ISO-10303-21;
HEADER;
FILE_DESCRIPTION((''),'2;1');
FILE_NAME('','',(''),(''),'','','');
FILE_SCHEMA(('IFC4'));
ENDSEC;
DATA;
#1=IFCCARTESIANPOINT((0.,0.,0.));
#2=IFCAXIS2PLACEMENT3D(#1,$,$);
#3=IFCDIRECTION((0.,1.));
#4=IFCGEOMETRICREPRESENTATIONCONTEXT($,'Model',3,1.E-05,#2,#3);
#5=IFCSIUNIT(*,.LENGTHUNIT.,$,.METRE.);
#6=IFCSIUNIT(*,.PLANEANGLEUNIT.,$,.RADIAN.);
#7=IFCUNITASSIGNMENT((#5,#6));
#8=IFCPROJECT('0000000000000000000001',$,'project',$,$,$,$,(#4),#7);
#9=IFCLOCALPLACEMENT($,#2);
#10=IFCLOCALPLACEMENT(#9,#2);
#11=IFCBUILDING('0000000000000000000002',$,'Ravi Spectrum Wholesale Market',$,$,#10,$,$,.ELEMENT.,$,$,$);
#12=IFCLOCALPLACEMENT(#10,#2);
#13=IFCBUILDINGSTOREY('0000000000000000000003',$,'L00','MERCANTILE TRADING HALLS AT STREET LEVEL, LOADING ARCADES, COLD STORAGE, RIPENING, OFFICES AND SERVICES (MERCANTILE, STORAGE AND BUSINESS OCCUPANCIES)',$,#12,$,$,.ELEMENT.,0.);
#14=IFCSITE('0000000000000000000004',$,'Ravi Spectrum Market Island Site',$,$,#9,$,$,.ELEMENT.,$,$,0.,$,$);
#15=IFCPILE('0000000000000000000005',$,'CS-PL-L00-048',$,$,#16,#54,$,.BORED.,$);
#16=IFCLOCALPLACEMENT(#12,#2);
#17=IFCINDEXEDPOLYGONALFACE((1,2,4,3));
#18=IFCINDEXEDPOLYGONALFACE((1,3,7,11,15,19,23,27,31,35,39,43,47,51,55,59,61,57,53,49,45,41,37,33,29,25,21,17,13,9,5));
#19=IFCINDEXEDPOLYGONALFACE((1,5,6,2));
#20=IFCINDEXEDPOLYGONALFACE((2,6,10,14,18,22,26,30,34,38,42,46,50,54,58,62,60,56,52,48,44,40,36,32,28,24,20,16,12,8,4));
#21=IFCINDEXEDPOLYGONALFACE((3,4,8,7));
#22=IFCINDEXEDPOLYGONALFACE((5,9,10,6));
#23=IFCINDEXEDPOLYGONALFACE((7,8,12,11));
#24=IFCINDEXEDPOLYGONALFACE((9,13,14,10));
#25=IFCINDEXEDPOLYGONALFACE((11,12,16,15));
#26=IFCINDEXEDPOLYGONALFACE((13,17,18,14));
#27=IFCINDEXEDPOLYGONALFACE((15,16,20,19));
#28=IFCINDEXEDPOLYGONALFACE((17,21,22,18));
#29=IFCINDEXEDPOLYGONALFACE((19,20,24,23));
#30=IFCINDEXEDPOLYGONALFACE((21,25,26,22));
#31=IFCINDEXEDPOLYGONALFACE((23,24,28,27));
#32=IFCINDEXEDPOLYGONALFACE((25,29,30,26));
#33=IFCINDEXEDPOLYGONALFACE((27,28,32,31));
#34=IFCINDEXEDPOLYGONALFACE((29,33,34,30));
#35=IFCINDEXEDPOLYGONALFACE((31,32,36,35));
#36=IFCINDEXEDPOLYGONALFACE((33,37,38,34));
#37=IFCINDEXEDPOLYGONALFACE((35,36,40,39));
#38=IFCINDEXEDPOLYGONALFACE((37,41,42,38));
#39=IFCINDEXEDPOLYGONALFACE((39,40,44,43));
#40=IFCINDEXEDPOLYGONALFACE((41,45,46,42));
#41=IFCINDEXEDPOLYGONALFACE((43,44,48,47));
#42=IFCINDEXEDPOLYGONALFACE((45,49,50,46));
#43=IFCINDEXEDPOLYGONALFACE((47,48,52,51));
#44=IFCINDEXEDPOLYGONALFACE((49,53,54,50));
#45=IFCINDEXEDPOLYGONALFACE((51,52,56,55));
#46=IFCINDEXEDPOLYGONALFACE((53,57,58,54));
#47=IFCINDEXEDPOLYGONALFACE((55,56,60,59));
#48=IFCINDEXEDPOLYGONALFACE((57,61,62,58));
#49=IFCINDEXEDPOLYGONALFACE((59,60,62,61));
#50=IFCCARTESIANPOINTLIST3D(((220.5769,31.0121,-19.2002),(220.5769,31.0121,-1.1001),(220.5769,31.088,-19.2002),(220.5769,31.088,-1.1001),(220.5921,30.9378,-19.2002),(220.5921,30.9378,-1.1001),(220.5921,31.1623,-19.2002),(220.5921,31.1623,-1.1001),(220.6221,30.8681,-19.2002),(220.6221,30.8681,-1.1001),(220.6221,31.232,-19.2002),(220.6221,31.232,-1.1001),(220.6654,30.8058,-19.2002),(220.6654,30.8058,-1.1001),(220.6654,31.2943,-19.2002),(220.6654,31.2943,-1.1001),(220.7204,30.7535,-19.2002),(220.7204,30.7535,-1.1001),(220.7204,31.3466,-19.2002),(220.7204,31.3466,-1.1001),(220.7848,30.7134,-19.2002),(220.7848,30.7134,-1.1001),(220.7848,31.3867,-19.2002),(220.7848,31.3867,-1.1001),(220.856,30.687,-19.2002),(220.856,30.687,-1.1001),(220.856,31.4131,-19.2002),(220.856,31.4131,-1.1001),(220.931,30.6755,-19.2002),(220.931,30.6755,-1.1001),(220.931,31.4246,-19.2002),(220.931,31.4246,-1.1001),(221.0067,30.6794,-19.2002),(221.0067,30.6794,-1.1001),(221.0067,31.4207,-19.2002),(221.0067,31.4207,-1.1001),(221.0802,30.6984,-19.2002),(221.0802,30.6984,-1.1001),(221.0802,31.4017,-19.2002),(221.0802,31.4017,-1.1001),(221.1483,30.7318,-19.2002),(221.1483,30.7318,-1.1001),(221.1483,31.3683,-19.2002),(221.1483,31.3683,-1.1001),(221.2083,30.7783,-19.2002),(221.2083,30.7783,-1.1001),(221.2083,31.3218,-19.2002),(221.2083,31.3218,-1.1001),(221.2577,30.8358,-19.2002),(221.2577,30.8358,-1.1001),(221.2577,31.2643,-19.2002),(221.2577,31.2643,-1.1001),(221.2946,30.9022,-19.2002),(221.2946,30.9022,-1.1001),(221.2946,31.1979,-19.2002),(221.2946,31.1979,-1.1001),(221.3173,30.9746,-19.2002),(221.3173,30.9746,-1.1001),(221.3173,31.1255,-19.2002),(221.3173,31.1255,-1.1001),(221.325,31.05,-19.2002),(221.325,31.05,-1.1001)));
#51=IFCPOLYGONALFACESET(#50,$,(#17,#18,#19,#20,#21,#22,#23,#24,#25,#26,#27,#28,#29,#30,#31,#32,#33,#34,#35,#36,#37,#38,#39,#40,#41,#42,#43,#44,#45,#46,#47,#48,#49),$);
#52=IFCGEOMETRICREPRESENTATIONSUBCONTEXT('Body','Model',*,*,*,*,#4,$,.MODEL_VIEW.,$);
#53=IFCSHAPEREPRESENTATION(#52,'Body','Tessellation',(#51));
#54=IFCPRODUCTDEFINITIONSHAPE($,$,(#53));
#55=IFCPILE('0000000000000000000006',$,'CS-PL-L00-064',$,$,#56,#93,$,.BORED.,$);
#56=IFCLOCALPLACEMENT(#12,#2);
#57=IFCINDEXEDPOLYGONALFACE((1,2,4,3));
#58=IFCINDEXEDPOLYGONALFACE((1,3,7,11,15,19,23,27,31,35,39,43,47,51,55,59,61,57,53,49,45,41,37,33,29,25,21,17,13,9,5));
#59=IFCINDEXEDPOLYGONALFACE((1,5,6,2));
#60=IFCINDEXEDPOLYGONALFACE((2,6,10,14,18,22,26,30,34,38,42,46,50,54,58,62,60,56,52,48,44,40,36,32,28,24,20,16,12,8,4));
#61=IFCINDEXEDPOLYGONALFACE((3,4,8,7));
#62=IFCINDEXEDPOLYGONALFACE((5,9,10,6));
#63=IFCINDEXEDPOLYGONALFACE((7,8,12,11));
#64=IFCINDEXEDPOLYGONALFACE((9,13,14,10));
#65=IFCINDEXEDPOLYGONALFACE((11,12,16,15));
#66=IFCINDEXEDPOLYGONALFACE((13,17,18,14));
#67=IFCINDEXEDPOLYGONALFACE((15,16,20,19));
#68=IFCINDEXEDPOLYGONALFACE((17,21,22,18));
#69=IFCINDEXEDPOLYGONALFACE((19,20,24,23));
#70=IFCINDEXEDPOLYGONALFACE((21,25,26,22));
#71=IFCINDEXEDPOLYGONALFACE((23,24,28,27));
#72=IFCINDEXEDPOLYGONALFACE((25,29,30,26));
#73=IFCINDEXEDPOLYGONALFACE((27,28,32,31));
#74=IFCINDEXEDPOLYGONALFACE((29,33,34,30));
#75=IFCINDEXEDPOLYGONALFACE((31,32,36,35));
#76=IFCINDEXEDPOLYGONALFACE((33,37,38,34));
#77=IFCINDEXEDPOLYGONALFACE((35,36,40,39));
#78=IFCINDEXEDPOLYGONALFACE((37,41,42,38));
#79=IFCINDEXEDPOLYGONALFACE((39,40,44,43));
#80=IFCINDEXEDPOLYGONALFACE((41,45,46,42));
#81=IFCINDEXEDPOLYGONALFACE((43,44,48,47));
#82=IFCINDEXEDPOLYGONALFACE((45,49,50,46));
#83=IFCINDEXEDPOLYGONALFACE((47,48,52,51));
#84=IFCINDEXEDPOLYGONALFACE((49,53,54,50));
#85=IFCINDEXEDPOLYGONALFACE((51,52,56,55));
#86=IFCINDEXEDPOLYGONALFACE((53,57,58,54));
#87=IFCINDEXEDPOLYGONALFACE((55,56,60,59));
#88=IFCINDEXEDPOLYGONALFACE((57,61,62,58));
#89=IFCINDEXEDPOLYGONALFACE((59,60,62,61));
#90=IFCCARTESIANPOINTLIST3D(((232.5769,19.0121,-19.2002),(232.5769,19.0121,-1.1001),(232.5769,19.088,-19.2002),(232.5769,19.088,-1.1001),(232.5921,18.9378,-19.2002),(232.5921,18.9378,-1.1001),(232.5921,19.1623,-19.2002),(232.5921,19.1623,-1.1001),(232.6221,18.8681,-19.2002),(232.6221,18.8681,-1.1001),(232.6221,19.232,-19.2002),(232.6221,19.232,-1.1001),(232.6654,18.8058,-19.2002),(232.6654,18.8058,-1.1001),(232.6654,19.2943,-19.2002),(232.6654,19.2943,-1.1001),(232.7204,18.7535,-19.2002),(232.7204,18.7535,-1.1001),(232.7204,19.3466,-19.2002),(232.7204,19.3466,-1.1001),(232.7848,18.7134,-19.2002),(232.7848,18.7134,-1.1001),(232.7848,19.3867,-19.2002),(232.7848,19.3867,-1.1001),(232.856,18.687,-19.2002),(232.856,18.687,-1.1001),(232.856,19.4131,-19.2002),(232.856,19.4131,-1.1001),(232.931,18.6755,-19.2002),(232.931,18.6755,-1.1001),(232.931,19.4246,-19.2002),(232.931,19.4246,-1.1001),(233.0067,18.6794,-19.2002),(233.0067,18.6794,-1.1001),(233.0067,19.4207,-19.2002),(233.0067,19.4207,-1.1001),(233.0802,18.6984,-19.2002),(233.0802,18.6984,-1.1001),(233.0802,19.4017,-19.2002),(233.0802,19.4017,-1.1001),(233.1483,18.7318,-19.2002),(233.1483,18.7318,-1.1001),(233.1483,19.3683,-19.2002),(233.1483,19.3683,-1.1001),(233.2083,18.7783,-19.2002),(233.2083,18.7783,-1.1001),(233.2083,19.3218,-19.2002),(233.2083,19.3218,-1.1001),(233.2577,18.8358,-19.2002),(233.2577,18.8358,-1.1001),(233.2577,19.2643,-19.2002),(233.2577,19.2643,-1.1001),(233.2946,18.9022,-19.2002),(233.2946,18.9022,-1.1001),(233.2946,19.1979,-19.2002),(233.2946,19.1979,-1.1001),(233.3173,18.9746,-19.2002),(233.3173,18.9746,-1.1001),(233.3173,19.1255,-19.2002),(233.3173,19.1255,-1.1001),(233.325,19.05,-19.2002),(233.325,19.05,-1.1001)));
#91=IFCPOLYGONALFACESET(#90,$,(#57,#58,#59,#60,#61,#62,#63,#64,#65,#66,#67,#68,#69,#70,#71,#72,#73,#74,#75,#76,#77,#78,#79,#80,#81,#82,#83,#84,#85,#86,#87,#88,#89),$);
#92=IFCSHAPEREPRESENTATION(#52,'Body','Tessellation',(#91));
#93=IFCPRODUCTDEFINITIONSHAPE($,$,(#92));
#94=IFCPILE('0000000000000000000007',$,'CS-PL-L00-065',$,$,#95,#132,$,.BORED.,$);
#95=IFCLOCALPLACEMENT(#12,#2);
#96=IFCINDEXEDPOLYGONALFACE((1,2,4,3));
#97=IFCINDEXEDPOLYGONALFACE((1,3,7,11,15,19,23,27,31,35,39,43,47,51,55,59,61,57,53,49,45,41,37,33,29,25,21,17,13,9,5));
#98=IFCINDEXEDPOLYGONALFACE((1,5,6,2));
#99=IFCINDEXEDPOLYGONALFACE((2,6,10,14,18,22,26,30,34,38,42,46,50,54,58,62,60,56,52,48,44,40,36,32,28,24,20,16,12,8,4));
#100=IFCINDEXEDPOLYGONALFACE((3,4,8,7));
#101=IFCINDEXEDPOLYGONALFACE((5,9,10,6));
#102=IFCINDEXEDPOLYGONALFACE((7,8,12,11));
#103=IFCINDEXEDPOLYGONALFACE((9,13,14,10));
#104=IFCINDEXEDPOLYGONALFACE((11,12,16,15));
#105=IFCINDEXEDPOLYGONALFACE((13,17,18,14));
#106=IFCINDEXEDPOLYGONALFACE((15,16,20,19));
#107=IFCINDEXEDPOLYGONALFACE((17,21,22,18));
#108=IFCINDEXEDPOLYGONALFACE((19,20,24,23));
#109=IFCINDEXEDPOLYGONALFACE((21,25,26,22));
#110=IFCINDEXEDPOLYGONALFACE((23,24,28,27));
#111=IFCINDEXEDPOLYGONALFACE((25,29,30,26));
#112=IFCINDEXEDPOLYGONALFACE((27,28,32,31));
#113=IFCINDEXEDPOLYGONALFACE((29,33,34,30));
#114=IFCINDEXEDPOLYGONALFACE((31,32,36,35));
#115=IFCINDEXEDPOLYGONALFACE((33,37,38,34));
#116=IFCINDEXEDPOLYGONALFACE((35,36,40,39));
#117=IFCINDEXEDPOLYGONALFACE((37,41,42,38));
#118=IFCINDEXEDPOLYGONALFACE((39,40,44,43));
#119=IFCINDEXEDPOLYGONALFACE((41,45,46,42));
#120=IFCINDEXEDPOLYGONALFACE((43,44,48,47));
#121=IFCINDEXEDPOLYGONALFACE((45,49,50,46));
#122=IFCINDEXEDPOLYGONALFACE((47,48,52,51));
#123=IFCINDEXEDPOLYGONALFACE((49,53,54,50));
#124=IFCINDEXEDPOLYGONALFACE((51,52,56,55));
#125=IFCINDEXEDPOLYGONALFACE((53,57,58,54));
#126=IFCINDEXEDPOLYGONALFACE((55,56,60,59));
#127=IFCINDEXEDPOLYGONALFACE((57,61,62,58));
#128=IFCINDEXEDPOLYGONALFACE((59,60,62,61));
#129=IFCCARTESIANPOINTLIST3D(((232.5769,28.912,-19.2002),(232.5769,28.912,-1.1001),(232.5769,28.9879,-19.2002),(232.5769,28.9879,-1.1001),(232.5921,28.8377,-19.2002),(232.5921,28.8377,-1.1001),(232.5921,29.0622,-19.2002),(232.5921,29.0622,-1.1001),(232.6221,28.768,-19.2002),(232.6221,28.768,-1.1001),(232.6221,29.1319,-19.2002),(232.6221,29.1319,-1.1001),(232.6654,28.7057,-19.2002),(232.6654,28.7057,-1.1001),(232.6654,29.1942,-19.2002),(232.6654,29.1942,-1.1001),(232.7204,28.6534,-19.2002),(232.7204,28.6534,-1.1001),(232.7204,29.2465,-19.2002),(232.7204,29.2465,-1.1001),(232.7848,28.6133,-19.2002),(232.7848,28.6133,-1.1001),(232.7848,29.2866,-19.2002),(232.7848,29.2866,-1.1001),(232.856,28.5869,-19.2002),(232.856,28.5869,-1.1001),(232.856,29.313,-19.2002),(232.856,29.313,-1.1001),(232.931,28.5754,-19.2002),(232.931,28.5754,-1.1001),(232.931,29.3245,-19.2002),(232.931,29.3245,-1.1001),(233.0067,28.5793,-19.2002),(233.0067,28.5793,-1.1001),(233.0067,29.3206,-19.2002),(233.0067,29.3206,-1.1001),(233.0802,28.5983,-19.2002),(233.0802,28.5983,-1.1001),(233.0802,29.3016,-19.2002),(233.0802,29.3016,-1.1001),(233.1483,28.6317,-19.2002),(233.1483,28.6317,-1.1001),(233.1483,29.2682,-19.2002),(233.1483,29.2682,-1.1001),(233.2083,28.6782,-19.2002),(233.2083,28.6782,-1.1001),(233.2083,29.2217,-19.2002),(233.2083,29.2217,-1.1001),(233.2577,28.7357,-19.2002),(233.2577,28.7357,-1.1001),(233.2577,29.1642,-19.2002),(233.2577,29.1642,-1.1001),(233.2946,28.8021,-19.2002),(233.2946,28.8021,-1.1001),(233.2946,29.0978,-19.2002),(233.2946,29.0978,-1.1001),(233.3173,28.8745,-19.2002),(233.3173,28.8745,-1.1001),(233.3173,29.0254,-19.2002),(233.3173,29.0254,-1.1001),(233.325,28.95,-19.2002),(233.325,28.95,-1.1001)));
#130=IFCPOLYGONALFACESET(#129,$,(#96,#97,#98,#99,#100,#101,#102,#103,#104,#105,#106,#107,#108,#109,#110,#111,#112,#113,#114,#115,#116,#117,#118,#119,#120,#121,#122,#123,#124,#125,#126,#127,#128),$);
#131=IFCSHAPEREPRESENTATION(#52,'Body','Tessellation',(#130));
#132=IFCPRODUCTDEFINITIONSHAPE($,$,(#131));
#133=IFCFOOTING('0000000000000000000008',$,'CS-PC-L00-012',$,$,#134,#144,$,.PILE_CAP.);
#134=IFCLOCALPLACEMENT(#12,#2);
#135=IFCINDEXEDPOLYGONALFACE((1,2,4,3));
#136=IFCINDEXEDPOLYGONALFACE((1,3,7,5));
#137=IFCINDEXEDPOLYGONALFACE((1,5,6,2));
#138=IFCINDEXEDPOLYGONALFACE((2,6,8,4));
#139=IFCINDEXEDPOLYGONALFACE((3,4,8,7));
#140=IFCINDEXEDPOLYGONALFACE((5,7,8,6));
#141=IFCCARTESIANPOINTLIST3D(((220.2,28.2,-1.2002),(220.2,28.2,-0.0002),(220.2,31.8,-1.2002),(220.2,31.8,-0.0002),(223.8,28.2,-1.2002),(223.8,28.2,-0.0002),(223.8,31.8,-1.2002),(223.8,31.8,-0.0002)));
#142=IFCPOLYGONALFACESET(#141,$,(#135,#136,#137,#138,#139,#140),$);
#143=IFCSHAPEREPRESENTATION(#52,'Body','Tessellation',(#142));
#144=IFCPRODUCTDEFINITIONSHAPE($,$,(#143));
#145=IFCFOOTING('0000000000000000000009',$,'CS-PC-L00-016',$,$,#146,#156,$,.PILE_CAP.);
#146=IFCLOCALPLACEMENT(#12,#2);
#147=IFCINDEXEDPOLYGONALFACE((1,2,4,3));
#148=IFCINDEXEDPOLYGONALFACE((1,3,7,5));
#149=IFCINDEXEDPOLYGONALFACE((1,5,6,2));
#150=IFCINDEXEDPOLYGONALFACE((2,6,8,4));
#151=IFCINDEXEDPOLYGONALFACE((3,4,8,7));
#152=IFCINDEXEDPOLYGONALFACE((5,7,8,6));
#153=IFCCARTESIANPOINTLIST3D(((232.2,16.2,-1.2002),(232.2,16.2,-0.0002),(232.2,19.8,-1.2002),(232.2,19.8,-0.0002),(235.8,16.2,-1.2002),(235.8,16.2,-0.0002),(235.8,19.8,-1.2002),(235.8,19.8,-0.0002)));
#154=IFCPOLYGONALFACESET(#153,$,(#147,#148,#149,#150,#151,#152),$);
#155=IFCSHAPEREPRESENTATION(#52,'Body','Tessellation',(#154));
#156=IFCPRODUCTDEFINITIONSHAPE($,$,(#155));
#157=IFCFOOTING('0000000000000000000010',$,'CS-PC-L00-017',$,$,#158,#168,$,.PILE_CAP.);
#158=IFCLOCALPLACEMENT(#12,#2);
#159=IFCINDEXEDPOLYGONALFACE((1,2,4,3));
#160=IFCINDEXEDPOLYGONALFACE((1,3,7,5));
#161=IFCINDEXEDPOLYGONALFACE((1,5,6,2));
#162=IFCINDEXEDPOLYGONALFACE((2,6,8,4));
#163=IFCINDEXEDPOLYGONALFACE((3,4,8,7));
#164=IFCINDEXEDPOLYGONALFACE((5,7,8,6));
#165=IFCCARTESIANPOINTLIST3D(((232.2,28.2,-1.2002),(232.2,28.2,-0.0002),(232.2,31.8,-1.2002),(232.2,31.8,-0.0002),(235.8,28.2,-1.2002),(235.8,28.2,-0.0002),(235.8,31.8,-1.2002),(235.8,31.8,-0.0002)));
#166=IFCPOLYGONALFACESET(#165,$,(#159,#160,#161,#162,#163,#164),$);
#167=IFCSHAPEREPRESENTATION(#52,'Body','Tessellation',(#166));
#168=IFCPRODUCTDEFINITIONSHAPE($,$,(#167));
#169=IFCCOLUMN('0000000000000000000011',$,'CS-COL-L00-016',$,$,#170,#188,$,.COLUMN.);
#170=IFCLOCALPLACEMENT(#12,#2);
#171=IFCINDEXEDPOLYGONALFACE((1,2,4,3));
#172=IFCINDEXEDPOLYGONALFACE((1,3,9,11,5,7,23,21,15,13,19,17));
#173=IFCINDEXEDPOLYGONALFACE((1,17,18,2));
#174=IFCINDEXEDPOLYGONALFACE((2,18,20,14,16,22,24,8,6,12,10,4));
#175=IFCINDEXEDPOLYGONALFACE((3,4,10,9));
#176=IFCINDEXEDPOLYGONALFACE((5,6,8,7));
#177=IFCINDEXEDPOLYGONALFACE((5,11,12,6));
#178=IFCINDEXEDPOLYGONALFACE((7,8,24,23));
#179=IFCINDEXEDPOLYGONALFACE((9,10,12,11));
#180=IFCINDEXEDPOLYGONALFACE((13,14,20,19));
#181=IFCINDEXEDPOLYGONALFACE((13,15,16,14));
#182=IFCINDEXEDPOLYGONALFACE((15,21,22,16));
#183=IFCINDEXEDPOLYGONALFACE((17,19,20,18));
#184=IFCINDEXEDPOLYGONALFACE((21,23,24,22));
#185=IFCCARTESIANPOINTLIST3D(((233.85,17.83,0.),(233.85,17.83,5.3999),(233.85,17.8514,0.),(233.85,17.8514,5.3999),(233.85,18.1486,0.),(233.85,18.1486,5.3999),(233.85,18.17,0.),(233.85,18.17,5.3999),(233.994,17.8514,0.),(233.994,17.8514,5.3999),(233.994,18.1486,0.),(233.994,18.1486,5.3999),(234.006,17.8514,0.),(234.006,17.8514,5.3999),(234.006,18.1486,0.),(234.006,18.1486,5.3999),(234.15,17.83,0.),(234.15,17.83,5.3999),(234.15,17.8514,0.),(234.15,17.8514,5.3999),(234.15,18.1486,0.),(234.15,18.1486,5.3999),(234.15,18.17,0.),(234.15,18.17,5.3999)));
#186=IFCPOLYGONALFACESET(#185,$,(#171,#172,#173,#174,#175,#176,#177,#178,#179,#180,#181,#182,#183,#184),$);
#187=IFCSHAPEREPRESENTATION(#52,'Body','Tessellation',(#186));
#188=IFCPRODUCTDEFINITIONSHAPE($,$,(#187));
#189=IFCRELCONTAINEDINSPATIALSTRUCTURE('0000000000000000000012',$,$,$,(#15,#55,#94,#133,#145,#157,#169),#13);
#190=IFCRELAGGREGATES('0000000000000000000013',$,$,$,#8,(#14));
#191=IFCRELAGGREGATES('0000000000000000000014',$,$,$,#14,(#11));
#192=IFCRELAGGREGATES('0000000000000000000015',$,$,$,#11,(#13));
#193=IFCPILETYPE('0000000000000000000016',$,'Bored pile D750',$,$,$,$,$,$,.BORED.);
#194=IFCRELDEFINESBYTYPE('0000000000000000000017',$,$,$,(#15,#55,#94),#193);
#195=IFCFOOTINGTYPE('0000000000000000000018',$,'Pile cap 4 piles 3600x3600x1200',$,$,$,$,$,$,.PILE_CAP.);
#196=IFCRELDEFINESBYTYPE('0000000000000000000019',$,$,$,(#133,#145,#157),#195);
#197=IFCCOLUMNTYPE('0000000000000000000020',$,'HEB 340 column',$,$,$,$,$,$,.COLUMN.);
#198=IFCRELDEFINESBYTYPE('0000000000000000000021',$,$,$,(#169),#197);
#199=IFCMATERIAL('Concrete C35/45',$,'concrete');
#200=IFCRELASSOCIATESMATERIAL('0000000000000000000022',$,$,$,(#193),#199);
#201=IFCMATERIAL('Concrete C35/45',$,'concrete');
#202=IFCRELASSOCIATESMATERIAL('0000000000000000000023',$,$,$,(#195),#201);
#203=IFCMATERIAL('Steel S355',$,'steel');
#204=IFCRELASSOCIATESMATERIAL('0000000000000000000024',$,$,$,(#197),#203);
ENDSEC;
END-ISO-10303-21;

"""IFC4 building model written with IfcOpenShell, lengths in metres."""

from ifc_helpers import new_model, si_unit, direction, frame, origin, origin_2d, place, context, subcontext, project, spatial, rectangle, circle, i_section, extrude, material, material_profile, profile_set, type_object, element, save


model = new_model("IFC4")

# Units and contexts
model_context = context("Model", 3, precision=1e-05, world=origin(), true_north=direction((0.0, 1.0)))
body_context = subcontext(model_context, "Body", "Model", "MODEL_VIEW")
ifc_project = project(units=[si_unit("LENGTHUNIT", "METRE"), si_unit("PLANEANGLEUNIT", "RADIAN")], contexts=[model_context])

# Site, building, storey
site_placement = place(None, origin())
site = spatial("IfcSite", under=ifc_project, at=site_placement, Name="Ravi Spectrum Market Island Site", CompositionType="ELEMENT", RefElevation=0.0)
building_placement = place(site_placement, origin())
building = spatial("IfcBuilding", under=site, at=building_placement, Name="Ravi Spectrum Wholesale Market", CompositionType="ELEMENT")
storey_placement = place(building_placement, origin())
storey = spatial("IfcBuildingStorey", under=building, at=storey_placement, Name="L00", Description="MERCANTILE TRADING HALLS AT STREET LEVEL, LOADING ARCADES, COLD STORAGE, RIPENING, OFFICES AND SERVICES (MERCANTILE, STORAGE AND BUSINESS OCCUPANCIES)", CompositionType="ELEMENT", Elevation=0.0)

# Piles
ifc_material_1 = material(Name="Concrete C35/45", Category="concrete")
ifc_material_profile_1 = material_profile(ifc_material_1, circle(Radius=0.375, at=origin_2d()))
ifc_profile_set_1 = profile_set([ifc_material_profile_1], Name="Concrete C35/45")
pile_type = type_object("IfcPileType", Name="Bored pile D750", PredefinedType="BORED", material=ifc_profile_set_1)
for number, where, z_axis, x_axis, name in (
    (1, (220.95, 31.05, -1.1001), (0.0, 0.0, -1.0), (1.0, 0.0, 0.0), "CS-PL-L00-048"),
    (2, (232.95, 19.05, -1.1001), (0.0, 0.0, -1.0), (1.0, 0.0, 0.0), "CS-PL-L00-064"),
    (3, (232.95, 28.95, -1.1001), (0.0, 0.0, -1.0), (1.0, 0.0, 0.0), "CS-PL-L00-065"),
):
    element("IfcPile", number, at=place(storey_placement, frame(where, z_axis=z_axis, x_axis=x_axis)), inside=storey, type_object=pile_type, Name=name, PredefinedType="BORED", context=body_context, shape_type="SweptSolid", body=[
        extrude(circle(Radius=0.375, at=origin_2d()), origin(), (0.0, 0.0, 1.0), 18.1001),
    ])

# Footings
ifc_material_2 = material(Name="Concrete C35/45", Category="concrete")
footing_type = type_object("IfcFootingType", Name="Pile cap 4 piles 3600x3600x1200", PredefinedType="PILE_CAP", material=ifc_material_2)
for number, where, z_axis, x_axis, name in (
    (4, (222.0, 30.0, -1.2002), (0.0, 0.0, 1.0), (1.0, 0.0, 0.0), "CS-PC-L00-012"),
    (5, (234.0, 18.0, -1.2002), (0.0, 0.0, 1.0), (1.0, 0.0, 0.0), "CS-PC-L00-016"),
    (6, (234.0, 30.0, -1.2002), (0.0, 0.0, 1.0), (1.0, 0.0, 0.0), "CS-PC-L00-017"),
):
    element("IfcFooting", number, at=place(storey_placement, frame(where, z_axis=z_axis, x_axis=x_axis)), inside=storey, type_object=footing_type, Name=name, PredefinedType="PILE_CAP", context=body_context, shape_type="SweptSolid", body=[
        extrude(rectangle(XDim=3.6001, YDim=3.6001, at=origin_2d()), origin(), (0.0, 0.0, 1.0), 1.2),
    ])

# Column
ifc_material_3 = material(Name="Steel S355", Category="steel")
ifc_material_profile_2 = material_profile(ifc_material_3, i_section(OverallWidth=0.3, OverallDepth=0.3401, WebThickness=0.012, FlangeThickness=0.0215, at=origin_2d()))
ifc_profile_set_2 = profile_set([ifc_material_profile_2], Name="Steel S355")
column_type_1 = type_object("IfcColumnType", Name="HEB 340 column", PredefinedType="COLUMN", material=ifc_profile_set_2)
column_placement = place(storey_placement, frame((234.0, 18.0, 0.0), z_axis=(0.0, 0.0, 1.0), x_axis=(1.0, 0.0, 0.0)))
element("IfcColumn", 7, at=column_placement, inside=storey, type_object=column_type_1, Name="CS-COL-L00-016", PredefinedType="COLUMN", context=body_context, shape_type="SweptSolid", body=[
    extrude(i_section(OverallWidth=0.3, OverallDepth=0.3401, WebThickness=0.012, FlangeThickness=0.0215, at=origin_2d()), origin(), (0.0, 0.0, 1.0), 5.3999),
])

save(model, "model.ifc")
